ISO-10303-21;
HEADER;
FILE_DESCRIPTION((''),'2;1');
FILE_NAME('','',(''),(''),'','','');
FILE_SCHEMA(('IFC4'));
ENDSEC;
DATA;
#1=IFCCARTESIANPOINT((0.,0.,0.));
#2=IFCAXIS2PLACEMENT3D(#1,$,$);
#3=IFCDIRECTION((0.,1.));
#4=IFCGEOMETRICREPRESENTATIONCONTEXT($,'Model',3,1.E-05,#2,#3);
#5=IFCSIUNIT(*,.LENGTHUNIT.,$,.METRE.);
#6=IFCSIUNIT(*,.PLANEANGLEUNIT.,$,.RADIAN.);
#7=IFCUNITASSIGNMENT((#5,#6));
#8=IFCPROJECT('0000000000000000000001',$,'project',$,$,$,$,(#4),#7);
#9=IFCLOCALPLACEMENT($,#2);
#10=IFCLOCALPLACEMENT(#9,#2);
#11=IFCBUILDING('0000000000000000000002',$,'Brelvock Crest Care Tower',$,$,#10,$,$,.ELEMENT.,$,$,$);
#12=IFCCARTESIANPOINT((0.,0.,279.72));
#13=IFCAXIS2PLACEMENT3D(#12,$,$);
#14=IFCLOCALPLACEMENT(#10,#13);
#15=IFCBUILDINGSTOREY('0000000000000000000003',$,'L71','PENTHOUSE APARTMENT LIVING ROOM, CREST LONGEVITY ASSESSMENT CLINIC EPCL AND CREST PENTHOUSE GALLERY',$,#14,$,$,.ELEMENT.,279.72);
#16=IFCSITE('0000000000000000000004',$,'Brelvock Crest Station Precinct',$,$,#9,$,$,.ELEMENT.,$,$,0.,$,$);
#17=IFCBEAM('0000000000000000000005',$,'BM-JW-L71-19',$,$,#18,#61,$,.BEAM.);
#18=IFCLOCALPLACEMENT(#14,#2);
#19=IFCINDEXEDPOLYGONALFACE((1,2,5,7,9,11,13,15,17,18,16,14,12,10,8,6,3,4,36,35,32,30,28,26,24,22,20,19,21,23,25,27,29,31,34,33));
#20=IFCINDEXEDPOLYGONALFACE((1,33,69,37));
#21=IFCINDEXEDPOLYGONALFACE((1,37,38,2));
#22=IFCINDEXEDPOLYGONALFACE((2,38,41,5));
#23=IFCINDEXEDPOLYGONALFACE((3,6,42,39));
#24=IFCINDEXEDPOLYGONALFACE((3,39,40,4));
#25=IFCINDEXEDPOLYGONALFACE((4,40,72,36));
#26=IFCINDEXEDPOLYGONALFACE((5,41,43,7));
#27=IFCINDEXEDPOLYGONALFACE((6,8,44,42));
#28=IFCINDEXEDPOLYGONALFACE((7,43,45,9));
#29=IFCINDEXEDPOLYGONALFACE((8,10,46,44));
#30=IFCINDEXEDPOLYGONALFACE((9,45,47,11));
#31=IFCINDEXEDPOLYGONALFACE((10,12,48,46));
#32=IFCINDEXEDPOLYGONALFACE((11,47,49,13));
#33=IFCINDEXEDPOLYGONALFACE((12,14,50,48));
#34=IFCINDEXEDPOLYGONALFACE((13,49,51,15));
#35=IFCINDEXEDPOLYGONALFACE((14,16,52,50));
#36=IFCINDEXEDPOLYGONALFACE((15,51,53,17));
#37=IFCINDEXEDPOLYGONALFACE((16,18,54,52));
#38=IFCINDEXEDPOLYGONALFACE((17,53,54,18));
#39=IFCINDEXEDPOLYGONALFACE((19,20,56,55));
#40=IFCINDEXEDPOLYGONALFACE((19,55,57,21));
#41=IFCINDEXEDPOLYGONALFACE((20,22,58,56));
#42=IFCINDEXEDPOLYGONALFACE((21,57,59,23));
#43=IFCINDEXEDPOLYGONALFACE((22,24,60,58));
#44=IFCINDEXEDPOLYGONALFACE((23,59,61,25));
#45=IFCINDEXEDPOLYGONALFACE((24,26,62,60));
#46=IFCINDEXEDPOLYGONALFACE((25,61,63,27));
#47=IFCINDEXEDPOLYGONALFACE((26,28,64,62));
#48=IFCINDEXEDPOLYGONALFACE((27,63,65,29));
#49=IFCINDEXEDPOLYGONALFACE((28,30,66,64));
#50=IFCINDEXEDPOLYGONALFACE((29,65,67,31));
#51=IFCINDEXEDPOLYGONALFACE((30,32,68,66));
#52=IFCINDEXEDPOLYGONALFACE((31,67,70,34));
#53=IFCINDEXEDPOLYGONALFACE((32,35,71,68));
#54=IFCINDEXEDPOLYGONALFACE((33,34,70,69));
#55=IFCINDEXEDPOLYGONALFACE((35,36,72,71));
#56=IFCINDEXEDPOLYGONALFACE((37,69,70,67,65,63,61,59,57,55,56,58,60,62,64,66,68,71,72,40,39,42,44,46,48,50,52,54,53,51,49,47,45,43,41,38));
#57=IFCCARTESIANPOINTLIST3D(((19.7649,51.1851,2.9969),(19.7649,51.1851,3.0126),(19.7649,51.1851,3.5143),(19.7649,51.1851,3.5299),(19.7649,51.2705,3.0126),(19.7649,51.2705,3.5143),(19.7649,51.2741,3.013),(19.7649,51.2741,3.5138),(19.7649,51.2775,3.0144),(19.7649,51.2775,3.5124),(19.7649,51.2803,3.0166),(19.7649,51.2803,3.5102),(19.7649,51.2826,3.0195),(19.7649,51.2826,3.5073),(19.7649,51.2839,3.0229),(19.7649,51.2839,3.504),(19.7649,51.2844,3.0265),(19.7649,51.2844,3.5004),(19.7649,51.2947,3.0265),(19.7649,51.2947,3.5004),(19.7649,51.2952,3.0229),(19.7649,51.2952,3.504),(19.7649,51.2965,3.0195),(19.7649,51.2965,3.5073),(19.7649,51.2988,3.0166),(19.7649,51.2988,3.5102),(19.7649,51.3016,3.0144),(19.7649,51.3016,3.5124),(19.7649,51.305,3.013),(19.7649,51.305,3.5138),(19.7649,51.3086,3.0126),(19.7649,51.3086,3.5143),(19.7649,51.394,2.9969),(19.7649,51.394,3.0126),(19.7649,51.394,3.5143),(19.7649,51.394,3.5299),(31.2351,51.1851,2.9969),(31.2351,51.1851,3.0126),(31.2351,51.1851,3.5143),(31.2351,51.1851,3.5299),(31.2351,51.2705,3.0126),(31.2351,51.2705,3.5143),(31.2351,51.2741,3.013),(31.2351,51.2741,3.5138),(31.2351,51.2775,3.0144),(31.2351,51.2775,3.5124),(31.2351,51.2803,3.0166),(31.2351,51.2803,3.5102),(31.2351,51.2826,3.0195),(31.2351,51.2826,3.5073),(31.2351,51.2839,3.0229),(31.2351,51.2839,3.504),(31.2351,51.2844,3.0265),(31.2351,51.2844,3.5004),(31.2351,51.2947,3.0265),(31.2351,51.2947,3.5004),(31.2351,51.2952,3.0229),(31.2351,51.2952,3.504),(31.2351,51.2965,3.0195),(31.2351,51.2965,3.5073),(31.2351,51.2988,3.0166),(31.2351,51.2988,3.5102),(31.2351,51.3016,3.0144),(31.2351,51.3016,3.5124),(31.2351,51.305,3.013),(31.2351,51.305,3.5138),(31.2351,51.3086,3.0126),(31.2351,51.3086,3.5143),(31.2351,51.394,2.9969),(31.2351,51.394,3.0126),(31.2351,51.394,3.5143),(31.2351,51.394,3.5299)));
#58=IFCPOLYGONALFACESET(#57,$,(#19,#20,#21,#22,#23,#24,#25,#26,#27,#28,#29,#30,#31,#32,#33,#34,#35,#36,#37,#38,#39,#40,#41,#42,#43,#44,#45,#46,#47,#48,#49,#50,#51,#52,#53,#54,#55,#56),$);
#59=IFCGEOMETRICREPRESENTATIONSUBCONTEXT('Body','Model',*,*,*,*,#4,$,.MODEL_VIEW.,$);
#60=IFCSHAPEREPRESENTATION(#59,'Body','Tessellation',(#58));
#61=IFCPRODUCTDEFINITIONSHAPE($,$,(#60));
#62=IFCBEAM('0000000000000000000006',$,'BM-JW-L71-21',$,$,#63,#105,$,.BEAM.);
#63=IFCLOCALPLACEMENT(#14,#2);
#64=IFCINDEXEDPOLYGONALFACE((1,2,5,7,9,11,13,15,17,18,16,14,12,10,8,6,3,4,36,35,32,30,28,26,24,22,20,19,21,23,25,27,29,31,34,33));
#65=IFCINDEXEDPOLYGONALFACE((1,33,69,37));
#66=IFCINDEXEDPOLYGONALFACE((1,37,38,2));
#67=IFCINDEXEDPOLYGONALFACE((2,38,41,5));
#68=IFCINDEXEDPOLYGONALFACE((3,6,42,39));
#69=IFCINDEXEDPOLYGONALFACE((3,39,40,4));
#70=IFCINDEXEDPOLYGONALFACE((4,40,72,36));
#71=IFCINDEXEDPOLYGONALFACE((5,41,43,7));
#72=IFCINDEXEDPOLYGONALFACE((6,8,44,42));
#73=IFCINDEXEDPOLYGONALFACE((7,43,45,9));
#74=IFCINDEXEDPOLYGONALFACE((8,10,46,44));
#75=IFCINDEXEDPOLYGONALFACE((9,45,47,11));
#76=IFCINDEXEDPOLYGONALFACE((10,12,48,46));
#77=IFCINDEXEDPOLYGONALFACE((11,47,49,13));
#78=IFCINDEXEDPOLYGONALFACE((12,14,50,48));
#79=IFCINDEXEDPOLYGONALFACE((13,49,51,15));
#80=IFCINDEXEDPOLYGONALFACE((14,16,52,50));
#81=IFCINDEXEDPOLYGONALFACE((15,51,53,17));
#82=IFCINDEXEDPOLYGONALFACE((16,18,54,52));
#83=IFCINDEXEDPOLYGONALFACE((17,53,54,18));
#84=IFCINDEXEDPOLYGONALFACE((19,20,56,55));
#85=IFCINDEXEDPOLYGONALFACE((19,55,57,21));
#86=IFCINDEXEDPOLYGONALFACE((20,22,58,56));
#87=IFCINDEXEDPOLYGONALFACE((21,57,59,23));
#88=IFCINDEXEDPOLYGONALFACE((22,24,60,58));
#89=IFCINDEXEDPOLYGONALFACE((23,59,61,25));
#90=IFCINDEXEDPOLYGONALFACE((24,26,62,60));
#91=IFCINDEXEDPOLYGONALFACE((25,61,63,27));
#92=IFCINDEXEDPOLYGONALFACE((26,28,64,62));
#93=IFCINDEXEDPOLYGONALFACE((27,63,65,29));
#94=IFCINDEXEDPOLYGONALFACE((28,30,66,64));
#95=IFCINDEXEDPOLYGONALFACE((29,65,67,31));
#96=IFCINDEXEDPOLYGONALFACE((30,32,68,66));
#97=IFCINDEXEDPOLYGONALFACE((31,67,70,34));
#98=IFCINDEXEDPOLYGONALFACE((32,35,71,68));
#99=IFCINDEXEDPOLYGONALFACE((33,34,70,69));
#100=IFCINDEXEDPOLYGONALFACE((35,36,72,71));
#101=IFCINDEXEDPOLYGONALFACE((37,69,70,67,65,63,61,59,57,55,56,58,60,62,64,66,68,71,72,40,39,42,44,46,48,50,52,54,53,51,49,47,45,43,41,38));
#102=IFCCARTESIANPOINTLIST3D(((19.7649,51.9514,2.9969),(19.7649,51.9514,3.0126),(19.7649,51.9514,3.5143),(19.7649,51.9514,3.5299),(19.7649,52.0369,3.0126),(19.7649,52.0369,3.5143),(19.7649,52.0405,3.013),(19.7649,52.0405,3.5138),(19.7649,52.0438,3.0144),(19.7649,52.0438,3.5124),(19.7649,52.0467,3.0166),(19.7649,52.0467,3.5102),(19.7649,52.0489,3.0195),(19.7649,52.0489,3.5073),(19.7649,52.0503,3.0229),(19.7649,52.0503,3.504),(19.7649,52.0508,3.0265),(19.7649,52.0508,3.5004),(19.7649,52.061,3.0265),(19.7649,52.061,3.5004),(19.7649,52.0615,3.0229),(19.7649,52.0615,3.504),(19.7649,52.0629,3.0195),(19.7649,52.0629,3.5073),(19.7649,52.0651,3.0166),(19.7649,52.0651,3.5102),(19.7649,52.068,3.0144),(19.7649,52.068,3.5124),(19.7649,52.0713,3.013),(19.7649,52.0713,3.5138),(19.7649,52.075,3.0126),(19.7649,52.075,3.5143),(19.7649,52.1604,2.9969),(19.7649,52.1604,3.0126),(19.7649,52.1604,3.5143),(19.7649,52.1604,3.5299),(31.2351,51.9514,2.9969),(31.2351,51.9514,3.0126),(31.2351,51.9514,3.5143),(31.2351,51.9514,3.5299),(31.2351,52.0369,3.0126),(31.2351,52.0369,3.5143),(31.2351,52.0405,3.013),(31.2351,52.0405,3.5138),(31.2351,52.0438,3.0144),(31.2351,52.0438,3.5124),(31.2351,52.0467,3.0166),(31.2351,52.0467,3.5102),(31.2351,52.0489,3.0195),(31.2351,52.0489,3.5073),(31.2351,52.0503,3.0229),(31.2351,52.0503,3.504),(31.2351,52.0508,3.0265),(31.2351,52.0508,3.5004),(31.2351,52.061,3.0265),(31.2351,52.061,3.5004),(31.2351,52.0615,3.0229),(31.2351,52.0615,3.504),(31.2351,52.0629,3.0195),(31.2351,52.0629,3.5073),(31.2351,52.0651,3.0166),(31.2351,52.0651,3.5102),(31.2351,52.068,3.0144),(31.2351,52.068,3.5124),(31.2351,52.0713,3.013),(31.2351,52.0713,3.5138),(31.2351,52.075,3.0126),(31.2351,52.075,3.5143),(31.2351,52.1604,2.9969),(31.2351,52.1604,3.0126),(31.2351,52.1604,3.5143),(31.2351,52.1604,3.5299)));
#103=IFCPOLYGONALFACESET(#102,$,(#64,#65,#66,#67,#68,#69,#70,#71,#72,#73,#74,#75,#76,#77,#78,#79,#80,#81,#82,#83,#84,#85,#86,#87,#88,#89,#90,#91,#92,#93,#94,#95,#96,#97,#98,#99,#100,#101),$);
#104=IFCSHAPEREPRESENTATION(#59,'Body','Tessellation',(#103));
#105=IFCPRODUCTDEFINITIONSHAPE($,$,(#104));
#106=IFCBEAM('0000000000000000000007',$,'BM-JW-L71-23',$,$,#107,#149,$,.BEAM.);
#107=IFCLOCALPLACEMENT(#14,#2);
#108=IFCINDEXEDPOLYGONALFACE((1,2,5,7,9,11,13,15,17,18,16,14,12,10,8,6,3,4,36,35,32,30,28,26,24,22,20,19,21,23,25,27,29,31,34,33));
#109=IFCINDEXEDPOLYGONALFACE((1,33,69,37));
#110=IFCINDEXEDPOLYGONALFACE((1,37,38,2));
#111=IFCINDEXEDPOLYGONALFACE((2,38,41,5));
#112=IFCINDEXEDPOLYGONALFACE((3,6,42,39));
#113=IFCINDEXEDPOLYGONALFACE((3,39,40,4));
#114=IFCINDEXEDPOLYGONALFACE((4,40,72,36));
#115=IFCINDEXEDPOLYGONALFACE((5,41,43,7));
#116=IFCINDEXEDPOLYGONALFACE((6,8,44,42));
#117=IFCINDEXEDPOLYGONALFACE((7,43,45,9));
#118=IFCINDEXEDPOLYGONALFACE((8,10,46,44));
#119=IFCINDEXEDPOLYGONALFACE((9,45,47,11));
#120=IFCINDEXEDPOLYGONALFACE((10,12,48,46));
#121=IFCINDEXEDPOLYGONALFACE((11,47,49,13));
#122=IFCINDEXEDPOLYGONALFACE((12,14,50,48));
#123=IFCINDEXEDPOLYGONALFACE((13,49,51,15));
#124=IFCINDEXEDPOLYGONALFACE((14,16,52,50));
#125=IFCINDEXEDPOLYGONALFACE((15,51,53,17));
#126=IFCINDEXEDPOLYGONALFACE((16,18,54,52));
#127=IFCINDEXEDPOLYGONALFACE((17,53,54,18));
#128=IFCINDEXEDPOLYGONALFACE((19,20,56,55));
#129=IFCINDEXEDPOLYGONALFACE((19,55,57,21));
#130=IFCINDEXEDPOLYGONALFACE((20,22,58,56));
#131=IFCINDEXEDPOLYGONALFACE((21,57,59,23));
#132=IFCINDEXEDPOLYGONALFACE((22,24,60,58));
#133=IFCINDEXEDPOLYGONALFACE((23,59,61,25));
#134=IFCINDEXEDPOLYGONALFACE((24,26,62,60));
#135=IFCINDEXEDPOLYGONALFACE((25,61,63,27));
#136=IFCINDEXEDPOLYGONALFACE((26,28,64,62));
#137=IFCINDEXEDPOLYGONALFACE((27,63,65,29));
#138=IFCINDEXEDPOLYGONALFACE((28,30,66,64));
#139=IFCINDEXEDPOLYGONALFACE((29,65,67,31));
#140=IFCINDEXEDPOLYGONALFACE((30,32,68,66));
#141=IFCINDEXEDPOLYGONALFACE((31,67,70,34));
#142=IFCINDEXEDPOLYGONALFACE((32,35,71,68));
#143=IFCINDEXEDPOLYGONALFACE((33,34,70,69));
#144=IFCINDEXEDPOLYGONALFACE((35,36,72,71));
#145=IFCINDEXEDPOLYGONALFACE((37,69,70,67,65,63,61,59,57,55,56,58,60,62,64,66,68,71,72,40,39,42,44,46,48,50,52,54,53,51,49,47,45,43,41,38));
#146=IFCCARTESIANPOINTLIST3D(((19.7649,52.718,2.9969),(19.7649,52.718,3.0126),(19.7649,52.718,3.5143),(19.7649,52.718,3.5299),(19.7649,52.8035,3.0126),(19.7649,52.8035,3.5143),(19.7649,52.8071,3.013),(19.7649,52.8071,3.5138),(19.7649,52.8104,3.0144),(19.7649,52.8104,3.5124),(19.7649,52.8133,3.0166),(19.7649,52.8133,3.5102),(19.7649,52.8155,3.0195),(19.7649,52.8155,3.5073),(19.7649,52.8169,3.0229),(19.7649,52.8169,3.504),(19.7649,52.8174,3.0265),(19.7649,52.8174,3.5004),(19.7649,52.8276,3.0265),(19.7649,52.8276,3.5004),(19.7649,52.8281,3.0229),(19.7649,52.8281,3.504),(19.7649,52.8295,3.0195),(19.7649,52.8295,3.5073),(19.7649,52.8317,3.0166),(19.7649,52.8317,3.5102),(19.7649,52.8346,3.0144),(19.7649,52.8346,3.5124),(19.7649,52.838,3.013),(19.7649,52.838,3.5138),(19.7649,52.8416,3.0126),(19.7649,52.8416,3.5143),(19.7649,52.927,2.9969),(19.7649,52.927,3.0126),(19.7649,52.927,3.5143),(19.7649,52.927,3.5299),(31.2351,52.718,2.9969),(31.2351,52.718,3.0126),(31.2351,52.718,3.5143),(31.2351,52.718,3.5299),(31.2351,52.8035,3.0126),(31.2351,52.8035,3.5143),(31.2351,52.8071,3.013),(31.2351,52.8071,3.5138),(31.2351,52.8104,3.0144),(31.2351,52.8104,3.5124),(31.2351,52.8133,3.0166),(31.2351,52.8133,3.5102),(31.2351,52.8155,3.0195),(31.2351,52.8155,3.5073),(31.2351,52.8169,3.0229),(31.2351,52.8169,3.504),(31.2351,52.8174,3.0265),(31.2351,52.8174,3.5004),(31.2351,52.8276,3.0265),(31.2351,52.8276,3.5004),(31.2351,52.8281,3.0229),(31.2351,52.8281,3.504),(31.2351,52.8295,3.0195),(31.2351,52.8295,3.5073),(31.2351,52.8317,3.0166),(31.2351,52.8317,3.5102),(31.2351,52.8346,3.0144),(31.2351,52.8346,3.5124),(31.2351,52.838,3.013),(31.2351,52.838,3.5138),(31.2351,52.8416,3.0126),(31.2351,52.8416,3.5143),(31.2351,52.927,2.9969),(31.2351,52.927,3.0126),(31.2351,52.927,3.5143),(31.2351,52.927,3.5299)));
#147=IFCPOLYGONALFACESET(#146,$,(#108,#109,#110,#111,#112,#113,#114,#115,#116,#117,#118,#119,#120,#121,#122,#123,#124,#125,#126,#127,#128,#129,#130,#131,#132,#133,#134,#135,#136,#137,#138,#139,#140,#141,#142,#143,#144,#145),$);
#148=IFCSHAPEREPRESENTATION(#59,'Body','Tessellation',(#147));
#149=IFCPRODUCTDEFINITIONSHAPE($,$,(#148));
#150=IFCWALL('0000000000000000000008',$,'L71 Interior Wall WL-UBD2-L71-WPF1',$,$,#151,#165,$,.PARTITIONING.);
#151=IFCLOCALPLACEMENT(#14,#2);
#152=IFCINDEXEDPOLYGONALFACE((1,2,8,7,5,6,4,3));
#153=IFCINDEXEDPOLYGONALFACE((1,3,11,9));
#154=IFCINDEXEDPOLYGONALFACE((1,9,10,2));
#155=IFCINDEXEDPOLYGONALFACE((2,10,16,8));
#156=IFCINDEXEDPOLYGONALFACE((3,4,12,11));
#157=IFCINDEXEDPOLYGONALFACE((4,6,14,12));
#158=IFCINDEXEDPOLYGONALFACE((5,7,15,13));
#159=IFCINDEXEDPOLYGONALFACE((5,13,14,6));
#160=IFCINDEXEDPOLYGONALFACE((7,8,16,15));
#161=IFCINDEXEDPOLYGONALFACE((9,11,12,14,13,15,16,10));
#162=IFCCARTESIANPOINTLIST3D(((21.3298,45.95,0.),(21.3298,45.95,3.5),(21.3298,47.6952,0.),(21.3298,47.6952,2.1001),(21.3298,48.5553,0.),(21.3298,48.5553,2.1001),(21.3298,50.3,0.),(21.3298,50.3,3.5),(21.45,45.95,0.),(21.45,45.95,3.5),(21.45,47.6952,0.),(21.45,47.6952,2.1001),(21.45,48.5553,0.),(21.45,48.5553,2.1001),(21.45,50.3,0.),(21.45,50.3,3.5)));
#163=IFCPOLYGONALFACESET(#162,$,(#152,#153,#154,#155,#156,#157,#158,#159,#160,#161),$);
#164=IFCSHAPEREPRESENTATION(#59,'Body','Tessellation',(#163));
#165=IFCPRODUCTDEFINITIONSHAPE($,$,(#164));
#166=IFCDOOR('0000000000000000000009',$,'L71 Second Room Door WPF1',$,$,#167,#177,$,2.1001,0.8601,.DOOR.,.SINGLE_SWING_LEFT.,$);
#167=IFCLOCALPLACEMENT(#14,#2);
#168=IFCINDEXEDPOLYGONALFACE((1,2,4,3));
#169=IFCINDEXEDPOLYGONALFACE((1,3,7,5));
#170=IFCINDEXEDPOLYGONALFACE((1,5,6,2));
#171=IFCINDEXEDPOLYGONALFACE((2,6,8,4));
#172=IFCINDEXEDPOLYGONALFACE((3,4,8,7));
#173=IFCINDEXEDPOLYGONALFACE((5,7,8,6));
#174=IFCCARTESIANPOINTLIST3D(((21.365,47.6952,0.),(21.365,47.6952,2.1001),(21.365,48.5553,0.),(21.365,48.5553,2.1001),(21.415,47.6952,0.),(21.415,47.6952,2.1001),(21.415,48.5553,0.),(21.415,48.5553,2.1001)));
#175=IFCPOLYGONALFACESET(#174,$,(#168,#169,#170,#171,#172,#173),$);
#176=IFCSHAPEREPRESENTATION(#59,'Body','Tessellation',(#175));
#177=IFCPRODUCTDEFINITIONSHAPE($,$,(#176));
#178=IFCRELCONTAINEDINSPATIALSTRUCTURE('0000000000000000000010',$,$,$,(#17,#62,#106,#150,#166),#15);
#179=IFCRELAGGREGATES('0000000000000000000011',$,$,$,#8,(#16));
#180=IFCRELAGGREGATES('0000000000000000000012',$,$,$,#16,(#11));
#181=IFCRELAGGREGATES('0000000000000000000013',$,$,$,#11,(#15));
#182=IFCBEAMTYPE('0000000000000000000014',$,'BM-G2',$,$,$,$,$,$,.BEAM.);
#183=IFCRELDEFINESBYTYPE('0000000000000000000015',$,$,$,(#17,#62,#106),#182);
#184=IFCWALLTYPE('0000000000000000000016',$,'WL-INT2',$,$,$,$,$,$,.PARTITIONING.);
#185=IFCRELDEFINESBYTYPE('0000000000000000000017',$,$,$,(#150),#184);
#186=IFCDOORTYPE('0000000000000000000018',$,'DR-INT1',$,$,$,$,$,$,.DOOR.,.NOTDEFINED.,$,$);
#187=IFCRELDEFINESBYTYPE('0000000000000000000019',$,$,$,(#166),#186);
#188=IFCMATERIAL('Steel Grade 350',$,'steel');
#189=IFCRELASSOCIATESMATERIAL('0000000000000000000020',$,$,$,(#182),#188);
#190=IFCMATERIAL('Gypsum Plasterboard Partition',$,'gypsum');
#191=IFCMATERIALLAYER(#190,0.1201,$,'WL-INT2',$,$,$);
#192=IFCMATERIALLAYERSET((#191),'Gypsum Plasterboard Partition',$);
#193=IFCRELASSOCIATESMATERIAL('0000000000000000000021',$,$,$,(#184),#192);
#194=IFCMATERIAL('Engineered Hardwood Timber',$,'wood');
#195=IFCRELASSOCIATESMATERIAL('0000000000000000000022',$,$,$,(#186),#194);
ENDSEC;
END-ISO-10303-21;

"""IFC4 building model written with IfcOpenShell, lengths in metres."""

from ifc_helpers import new_model, si_unit, direction, frame, frame_2d, origin, origin_2d, place, context, subcontext, project, spatial, rectangle, i_section, extrude, source, transform, mapped, material, layer, layer_set, material_profile, profile_set, type_object, element, fill, save


model = new_model("IFC4")

# Units and contexts
model_context = context("Model", 3, precision=1e-05, world=origin(), true_north=direction((0.0, 1.0)))
body_context = subcontext(model_context, "Body", "Model", "MODEL_VIEW")
ifc_project = project(units=[si_unit("LENGTHUNIT", "METRE"), si_unit("PLANEANGLEUNIT", "RADIAN")], contexts=[model_context])

# Site, building, storey
site_placement = place(None, origin())
site = spatial("IfcSite", under=ifc_project, at=site_placement, Name="Brelvock Crest Station Precinct", CompositionType="ELEMENT", RefElevation=0.0)
building_placement = place(site_placement, origin())
building = spatial("IfcBuilding", under=site, at=building_placement, Name="Brelvock Crest Care Tower", CompositionType="ELEMENT")
storey_placement = place(building_placement, frame((0.0, 0.0, 279.72)))
storey = spatial("IfcBuildingStorey", under=building, at=storey_placement, Name="L71", Description="PENTHOUSE APARTMENT LIVING ROOM, CREST LONGEVITY ASSESSMENT CLINIC EPCL AND CREST PENTHOUSE GALLERY", CompositionType="ELEMENT", Elevation=279.72)

# Beams
ifc_material_1 = material(Name="Steel Grade 350", Category="steel")
ifc_material_profile_1 = material_profile(ifc_material_1, i_section(OverallWidth=0.209, OverallDepth=0.533, WebThickness=0.0103, FlangeThickness=0.0156, FilletRadius=0.0139, at=origin_2d()), Name="530UB92.4")
ifc_profile_set_1 = profile_set([ifc_material_profile_1], Name="Steel Grade 350")
beam_type_1 = type_object("IfcBeamType", Name="BM-G2", PredefinedType="BEAM", material=ifc_profile_set_1)
shared_shape_1 = source(origin(), body_context, "Body", "SweptSolid", [
    extrude(i_section(OverallWidth=0.209, OverallDepth=0.533, WebThickness=0.0103, FlangeThickness=0.0156, FilletRadius=0.0139, at=origin_2d()), origin(), (0.0, 0.0, 1.0), 11.4702),
])
for number, where, z_axis, x_axis, name in (
    (1, (19.7649, 51.2896, 3.2634), (1.0, 0.0, 0.0), (0.0, 1.0, 0.0), "BM-JW-L71-19"),
    (2, (19.7649, 52.0559, 3.2634), (1.0, 0.0, 0.0), (0.0, 1.0, 0.0), "BM-JW-L71-21"),
    (3, (19.7649, 52.8225, 3.2634), (1.0, 0.0, 0.0), (0.0, 1.0, 0.0), "BM-JW-L71-23"),
):
    element("IfcBeam", number, at=place(storey_placement, frame(where, z_axis=z_axis, x_axis=x_axis)), inside=storey, type_object=beam_type_1, Name=name, PredefinedType="BEAM", context=body_context, shape_type="MappedRepresentation", body=[
        mapped(shared_shape_1, transform((0.0, 0.0, 0.0), x_axis=(1.0, 0.0, 0.0), y_axis=(0.0, 1.0, 0.0), z_axis=(0.0, 0.0, 1.0), scale=1.0)),
    ])

# Wall, opening, door
ifc_material_2 = material(Name="Gypsum Plasterboard Partition", Category="gypsum")
ifc_layer = layer(ifc_material_2, 0.1201, Name="WL-INT2")
ifc_layer_set = layer_set([ifc_layer], Name="Gypsum Plasterboard Partition")
wall_type = type_object("IfcWallType", Name="WL-INT2", PredefinedType="PARTITIONING", material=ifc_layer_set)
wall_1_placement = place(storey_placement, frame((21.3899, 45.95, 0.0), z_axis=(0.0, 0.0, 1.0), x_axis=(0.0, 1.0, 0.0)))
wall_1 = element("IfcWall", 4, at=wall_1_placement, inside=storey, type_object=wall_type, Name="L71 Interior Wall WL-UBD2-L71-WPF1", PredefinedType="PARTITIONING", context=body_context, shape_type="SweptSolid", body=[
    extrude(rectangle(XDim=4.3501, YDim=0.1201, at=frame_2d((2.175, 0.0))), origin(), (0.0, 0.0, 1.0), 3.5),
])
opening_1_placement = place(wall_1_placement, frame((1.7451, 0.0, 0.0)))
opening_1 = element("IfcOpeningElement", 5, at=opening_1_placement, cuts=wall_1, PredefinedType="OPENING", context=body_context, shape_type="SweptSolid", body=[
    extrude(rectangle(XDim=0.8601, YDim=2.1001, at=origin_2d()), frame((0.4302, 0.0701, 1.05), z_axis=(0.0, -1.0, 0.0), x_axis=(1.0, 0.0, 0.0)), (0.0, 0.0, 1.0), 0.1401),
])
ifc_material_3 = material(Name="Engineered Hardwood Timber", Category="wood")
door_type = type_object("IfcDoorType", Name="DR-INT1", OperationType="NOTDEFINED", PredefinedType="DOOR", material=ifc_material_3)
shared_shape_2 = source(origin(), body_context, "Body", "SweptSolid", [
    extrude(rectangle(XDim=0.8601, YDim=2.1001, at=origin_2d()), frame((0.4302, 0.0249, 1.05), z_axis=(0.0, -1.0, 0.0), x_axis=(1.0, 0.0, 0.0)), (0.0, 0.0, 1.0), 0.05),
])
door_1_placement = place(opening_1_placement, origin())
door_1 = element("IfcDoor", 6, at=door_1_placement, inside=storey, type_object=door_type, Name="L71 Second Room Door WPF1", OperationType="SINGLE_SWING_LEFT", OverallHeight=2.1001, OverallWidth=0.8601, PredefinedType="DOOR", context=body_context, shape_type="MappedRepresentation", body=[
    mapped(shared_shape_2, transform((0.0, 0.0, 0.0), x_axis=(1.0, 0.0, 0.0), y_axis=(0.0, 1.0, 0.0), z_axis=(0.0, 0.0, 1.0), scale=1.0)),
])
fill(opening_1, door_1)

save(model, "model.ifc")
